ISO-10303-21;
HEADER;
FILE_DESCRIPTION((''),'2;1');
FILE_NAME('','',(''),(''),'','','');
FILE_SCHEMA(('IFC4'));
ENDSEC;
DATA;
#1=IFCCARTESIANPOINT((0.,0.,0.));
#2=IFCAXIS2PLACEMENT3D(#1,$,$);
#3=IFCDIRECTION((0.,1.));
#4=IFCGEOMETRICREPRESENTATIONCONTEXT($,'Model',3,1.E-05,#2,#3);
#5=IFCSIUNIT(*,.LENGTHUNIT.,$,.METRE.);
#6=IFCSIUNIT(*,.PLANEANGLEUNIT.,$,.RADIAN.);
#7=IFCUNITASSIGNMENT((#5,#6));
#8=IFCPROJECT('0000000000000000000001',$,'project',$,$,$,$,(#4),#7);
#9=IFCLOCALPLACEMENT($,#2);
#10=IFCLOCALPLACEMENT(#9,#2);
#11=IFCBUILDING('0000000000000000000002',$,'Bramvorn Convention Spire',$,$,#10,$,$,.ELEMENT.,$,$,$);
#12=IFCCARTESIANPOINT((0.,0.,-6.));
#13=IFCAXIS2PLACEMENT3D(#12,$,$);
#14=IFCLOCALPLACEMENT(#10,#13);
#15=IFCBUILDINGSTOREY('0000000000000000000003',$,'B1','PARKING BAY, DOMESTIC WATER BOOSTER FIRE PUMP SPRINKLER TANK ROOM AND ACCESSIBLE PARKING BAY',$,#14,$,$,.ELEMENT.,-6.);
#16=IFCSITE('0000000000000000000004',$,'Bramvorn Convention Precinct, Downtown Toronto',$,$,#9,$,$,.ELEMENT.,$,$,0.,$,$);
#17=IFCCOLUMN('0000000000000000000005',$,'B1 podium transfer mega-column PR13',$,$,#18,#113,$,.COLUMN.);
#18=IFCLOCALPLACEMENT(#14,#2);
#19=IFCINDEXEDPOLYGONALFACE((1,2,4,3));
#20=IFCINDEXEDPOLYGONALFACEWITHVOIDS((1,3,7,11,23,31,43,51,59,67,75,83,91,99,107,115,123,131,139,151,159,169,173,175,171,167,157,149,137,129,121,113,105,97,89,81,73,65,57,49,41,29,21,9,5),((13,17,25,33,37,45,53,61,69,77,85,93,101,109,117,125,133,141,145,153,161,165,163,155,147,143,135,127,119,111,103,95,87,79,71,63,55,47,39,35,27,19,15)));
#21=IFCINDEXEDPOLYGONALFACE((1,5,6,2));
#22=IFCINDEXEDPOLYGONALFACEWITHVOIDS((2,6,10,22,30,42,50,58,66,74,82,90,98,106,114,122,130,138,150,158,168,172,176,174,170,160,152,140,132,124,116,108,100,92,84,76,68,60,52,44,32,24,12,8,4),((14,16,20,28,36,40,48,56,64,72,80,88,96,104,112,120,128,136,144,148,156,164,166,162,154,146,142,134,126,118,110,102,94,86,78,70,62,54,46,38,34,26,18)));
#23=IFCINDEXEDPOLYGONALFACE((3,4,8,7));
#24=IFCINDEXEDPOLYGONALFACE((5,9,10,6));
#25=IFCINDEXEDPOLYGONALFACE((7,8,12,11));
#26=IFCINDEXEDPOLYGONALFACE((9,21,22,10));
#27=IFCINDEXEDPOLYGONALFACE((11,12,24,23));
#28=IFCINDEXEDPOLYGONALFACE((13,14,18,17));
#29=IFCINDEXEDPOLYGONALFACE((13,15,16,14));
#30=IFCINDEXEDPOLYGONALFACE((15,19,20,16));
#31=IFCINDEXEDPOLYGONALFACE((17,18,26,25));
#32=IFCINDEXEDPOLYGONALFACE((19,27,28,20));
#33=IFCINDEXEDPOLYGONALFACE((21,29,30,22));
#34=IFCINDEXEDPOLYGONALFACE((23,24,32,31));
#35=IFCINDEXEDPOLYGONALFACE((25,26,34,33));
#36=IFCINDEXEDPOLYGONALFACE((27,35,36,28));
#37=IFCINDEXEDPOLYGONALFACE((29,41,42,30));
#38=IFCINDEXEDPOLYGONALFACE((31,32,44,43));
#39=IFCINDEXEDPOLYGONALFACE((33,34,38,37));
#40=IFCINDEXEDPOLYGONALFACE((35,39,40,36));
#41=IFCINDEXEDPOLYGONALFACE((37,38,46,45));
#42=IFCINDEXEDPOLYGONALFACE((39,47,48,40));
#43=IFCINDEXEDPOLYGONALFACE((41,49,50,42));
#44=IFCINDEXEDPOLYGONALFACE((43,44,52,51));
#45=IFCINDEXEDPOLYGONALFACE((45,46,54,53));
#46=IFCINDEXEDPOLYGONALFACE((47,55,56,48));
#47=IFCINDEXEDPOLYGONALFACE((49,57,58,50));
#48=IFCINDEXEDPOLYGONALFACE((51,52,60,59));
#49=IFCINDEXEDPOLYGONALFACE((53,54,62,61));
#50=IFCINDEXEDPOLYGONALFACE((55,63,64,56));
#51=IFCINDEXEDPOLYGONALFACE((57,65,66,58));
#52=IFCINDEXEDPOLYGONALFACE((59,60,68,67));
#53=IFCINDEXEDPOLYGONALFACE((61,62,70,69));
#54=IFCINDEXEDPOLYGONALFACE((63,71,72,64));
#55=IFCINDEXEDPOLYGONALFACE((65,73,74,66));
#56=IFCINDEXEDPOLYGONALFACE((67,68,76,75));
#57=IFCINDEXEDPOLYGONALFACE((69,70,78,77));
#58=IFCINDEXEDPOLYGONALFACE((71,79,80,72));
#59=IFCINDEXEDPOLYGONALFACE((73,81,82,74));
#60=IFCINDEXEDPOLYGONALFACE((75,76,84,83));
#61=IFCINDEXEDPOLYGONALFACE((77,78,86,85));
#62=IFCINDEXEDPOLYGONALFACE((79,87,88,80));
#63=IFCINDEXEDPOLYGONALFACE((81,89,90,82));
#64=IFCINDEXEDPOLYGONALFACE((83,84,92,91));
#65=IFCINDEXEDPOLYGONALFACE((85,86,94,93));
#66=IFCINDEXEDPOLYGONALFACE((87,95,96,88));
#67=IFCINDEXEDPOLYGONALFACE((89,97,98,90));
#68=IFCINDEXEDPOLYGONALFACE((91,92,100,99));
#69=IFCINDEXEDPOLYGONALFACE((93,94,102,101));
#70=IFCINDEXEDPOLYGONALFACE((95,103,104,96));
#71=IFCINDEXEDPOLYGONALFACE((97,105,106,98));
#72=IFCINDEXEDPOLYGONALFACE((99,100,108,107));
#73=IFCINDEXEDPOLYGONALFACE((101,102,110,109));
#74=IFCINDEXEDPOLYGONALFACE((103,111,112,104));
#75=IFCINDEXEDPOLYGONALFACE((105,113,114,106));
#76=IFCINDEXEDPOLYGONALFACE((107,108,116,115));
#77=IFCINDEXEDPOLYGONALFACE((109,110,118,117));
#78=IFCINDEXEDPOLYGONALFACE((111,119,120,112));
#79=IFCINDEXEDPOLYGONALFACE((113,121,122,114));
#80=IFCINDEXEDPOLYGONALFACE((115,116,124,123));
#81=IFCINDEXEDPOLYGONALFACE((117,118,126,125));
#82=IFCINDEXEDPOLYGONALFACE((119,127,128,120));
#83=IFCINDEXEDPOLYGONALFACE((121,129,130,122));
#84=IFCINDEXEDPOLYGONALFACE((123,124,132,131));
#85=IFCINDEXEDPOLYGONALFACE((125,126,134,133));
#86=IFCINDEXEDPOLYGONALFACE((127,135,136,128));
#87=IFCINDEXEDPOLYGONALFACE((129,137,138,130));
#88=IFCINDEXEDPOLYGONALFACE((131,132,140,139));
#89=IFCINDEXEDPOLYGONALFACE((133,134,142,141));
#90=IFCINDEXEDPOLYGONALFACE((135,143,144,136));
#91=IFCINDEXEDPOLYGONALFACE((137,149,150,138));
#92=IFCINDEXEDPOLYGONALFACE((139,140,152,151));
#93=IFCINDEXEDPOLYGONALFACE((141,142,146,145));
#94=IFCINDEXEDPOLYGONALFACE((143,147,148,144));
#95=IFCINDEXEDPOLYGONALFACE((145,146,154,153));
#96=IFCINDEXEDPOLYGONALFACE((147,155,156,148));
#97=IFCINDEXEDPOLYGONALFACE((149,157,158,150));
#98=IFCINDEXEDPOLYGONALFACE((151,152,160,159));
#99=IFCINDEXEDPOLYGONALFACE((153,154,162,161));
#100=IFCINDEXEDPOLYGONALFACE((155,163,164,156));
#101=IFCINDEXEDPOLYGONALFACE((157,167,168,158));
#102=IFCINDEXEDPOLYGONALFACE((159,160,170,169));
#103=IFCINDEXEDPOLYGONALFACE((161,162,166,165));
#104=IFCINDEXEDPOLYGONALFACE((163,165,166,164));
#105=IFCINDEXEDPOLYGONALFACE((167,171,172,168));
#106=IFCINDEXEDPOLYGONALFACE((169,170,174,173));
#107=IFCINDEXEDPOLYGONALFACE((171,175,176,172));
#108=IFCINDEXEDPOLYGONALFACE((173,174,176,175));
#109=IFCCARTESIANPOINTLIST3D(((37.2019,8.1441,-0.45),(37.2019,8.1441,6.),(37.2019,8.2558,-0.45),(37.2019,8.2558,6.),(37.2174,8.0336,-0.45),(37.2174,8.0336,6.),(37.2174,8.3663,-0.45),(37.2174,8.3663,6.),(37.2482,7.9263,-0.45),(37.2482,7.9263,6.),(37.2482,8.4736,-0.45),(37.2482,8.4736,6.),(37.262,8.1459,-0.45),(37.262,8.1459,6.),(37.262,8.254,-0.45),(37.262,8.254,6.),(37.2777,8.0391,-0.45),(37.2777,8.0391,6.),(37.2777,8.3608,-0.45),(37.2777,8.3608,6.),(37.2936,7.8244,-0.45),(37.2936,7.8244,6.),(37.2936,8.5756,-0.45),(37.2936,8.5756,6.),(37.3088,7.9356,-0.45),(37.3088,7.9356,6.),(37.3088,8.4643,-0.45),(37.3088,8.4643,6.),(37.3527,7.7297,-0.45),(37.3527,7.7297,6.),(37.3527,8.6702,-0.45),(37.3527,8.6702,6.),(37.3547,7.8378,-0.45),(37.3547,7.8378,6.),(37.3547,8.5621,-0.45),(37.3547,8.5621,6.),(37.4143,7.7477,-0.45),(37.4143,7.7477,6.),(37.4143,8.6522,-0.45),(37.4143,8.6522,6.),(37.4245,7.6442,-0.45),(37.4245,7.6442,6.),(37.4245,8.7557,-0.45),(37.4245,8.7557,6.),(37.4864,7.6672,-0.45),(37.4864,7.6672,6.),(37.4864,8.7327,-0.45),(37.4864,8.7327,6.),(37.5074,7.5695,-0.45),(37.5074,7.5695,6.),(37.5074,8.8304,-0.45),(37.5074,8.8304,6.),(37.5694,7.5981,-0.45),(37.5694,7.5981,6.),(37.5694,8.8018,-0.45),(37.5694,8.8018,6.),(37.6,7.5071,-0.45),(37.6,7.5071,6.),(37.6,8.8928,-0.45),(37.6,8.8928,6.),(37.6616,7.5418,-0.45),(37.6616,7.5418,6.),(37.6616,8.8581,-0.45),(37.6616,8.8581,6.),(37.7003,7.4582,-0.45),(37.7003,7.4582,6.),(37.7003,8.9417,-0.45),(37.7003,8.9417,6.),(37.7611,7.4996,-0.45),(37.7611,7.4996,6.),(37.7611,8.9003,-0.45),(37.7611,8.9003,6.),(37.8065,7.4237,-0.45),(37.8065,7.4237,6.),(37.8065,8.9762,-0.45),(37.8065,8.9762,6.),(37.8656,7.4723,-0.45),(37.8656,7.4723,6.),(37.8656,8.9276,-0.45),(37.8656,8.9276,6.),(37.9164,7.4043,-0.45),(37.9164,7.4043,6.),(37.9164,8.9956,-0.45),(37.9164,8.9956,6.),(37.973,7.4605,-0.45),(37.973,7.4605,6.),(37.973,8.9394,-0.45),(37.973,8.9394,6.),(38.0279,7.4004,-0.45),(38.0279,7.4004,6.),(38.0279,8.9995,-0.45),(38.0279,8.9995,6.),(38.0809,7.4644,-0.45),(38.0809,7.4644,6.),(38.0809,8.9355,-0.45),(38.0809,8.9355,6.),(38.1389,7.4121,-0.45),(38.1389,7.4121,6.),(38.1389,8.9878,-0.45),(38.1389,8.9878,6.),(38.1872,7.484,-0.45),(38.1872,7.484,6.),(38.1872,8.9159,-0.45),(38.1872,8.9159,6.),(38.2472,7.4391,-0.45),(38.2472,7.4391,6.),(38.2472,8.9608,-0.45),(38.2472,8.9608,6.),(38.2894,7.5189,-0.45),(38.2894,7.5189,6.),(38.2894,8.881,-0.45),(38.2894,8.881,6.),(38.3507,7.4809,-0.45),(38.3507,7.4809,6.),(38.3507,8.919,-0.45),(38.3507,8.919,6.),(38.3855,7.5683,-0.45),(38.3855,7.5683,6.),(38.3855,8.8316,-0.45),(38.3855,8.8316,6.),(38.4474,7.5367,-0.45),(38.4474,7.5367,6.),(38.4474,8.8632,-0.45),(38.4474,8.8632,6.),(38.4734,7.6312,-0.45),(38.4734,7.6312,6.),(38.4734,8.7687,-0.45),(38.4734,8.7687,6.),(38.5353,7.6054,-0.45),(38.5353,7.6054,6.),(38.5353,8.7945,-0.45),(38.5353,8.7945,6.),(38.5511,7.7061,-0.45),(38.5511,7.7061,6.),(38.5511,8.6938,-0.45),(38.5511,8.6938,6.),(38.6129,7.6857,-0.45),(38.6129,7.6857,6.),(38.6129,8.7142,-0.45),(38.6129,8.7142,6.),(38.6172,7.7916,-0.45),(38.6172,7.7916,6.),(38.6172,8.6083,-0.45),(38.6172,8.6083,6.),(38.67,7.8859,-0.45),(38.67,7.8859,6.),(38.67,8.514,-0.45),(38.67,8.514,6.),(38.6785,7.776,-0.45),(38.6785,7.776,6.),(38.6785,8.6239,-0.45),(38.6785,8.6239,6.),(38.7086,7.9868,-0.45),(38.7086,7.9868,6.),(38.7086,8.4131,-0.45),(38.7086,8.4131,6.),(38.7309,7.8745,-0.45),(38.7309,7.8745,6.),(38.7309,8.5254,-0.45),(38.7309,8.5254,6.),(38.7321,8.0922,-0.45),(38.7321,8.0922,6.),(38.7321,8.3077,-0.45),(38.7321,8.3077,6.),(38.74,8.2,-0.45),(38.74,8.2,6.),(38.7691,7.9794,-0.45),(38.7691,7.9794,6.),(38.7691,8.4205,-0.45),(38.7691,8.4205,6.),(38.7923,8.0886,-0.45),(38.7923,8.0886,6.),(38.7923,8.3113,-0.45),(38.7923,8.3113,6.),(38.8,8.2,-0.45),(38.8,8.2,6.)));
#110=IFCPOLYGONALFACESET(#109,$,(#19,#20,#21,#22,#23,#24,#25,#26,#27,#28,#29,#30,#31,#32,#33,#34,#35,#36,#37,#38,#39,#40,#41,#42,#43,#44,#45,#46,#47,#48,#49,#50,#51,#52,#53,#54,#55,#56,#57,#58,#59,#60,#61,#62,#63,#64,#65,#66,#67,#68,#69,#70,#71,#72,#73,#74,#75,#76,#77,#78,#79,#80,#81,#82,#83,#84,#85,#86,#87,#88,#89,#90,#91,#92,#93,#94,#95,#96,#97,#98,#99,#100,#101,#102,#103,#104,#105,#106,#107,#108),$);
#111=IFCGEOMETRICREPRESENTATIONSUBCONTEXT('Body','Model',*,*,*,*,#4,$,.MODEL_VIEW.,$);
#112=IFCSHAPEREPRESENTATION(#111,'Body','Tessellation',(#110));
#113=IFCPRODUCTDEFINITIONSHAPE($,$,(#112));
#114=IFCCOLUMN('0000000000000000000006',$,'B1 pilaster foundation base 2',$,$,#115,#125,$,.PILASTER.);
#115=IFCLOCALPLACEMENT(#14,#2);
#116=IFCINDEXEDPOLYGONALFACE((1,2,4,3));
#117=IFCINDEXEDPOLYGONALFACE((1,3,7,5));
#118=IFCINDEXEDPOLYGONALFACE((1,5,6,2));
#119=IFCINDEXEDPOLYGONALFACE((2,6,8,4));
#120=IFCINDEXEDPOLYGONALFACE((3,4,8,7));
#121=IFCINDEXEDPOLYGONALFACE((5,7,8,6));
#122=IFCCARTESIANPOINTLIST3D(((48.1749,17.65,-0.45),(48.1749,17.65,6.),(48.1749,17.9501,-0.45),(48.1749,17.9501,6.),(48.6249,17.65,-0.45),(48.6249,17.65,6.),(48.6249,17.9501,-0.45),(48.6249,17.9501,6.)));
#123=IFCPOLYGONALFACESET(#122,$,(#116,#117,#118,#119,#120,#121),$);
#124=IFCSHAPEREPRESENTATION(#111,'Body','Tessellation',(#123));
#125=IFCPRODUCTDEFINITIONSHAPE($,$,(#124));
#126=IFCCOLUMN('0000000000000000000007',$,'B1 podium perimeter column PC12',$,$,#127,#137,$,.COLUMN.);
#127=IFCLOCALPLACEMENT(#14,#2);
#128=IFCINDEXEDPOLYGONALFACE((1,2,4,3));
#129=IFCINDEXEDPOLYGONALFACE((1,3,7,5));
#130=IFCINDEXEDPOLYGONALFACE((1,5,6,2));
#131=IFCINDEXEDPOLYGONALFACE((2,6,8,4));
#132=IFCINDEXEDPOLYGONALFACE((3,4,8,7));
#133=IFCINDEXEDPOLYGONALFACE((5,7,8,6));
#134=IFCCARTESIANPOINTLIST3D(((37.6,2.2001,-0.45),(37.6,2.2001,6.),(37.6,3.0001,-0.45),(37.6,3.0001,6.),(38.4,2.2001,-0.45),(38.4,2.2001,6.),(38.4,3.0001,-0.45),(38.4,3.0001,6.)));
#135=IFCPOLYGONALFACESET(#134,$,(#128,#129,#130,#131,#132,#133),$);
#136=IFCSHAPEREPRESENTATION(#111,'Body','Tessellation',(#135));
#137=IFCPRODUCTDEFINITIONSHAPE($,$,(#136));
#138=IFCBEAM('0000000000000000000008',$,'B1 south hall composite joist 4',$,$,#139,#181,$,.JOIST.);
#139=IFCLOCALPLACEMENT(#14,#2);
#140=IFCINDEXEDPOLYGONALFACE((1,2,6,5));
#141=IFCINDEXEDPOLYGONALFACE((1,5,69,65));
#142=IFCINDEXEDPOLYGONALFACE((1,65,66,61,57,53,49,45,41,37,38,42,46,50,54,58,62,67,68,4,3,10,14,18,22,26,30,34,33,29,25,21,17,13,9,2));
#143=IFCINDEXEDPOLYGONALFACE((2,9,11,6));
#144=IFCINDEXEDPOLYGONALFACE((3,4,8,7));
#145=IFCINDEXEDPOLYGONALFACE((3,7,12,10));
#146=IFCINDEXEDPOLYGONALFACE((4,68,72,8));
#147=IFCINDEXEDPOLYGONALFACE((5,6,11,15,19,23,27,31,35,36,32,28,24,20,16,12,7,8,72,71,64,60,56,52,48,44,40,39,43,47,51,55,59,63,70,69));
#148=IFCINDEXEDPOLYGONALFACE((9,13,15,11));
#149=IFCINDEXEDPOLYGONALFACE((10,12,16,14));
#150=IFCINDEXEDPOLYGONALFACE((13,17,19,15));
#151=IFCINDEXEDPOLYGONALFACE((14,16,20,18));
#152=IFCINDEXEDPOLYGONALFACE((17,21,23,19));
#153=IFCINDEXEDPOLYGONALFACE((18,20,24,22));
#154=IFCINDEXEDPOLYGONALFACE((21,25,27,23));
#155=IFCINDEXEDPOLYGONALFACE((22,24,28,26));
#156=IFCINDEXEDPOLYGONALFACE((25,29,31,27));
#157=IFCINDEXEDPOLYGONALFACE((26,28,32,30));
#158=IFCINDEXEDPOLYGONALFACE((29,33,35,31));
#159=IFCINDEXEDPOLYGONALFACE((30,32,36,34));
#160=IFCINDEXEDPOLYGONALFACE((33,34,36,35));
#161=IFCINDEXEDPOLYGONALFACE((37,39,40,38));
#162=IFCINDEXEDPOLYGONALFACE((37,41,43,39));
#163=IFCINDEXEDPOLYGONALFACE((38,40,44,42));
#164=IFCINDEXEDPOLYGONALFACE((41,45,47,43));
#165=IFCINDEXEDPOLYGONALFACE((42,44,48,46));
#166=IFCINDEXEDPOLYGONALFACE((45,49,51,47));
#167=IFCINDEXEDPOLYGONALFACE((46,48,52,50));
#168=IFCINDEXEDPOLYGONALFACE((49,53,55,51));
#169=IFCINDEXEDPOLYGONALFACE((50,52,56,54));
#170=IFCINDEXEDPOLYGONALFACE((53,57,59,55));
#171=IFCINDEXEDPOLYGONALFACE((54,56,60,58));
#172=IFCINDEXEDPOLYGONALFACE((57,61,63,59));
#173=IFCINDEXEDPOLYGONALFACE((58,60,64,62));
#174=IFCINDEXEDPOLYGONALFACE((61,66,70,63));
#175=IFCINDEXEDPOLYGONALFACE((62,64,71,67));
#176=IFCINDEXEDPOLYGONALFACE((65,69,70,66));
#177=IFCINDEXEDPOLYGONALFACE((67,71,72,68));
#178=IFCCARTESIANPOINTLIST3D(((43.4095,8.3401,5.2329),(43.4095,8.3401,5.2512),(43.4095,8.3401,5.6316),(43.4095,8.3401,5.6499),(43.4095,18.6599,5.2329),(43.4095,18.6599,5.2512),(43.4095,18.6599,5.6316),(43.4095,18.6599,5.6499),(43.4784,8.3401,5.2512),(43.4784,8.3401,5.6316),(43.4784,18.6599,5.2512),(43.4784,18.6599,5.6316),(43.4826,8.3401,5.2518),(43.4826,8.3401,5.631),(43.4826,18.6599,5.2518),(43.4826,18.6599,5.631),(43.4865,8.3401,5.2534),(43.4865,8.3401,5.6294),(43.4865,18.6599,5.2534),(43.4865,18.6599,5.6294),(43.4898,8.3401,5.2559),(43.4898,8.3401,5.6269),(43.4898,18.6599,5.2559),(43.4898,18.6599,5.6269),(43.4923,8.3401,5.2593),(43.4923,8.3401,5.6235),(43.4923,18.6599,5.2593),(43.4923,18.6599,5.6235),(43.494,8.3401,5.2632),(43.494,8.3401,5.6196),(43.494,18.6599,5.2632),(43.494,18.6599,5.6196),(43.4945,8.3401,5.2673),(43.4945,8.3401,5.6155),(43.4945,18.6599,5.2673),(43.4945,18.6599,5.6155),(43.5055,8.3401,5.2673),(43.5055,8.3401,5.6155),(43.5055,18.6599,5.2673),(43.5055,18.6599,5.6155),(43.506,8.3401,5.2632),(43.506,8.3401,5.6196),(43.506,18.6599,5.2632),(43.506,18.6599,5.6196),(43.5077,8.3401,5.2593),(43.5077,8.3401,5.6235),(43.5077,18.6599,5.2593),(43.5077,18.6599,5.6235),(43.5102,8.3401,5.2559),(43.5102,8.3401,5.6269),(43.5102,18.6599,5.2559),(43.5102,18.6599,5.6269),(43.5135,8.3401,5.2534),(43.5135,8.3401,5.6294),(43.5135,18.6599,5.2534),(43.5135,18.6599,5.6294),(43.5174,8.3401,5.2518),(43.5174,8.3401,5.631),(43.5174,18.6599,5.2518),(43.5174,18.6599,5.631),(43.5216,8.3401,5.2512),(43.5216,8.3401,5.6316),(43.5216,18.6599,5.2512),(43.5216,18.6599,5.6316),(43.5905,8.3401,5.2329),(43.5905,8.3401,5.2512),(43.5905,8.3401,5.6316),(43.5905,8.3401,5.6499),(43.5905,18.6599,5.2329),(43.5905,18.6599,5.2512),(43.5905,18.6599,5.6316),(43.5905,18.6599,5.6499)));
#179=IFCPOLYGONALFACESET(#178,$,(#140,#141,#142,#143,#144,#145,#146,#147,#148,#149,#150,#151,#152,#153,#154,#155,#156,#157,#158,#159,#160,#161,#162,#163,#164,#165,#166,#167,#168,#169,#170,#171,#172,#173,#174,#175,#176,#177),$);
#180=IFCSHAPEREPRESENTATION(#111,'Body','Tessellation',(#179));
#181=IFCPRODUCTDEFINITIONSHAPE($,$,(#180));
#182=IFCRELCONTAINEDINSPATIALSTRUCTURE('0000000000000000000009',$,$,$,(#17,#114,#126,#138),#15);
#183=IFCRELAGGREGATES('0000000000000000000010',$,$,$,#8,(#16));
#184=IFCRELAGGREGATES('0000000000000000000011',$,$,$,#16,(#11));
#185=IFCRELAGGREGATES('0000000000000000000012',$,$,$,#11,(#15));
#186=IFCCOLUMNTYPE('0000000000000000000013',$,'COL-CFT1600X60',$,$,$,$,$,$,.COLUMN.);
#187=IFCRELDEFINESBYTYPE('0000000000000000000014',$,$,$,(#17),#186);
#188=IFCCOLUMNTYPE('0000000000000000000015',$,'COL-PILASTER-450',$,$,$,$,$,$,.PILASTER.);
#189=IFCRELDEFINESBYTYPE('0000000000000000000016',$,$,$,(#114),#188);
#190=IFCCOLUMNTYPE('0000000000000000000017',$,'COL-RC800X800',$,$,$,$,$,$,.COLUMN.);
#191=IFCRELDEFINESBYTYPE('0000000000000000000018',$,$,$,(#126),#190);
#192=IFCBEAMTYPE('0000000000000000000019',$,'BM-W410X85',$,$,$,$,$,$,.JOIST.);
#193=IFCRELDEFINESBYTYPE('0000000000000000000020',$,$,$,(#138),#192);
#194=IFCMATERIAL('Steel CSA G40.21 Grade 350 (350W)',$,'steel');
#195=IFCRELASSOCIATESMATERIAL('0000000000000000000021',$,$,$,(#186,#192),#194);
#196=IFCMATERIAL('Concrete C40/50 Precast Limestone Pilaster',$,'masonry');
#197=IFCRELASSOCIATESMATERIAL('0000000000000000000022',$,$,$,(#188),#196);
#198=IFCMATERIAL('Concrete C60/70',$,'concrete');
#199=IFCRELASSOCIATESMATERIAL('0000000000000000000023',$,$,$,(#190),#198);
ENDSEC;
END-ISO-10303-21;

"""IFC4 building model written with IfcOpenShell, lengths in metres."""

from ifc_helpers import new_model, si_unit, direction, frame, origin, origin_2d, place, context, subcontext, project, spatial, rectangle, hollow_circle, i_section, extrude, material, material_profile, profile_set, type_object, element, save


model = new_model("IFC4")

# Units and contexts
model_context = context("Model", 3, precision=1e-05, world=origin(), true_north=direction((0.0, 1.0)))
body_context = subcontext(model_context, "Body", "Model", "MODEL_VIEW")
ifc_project = project(units=[si_unit("LENGTHUNIT", "METRE"), si_unit("PLANEANGLEUNIT", "RADIAN")], contexts=[model_context])

# Site, building, storey
site_placement = place(None, origin())
site = spatial("IfcSite", under=ifc_project, at=site_placement, Name="Bramvorn Convention Precinct, Downtown Toronto", CompositionType="ELEMENT", RefElevation=0.0)
building_placement = place(site_placement, origin())
building = spatial("IfcBuilding", under=site, at=building_placement, Name="Bramvorn Convention Spire", CompositionType="ELEMENT")
storey_placement = place(building_placement, frame((0.0, 0.0, -6.0)))
storey = spatial("IfcBuildingStorey", under=building, at=storey_placement, Name="B1", Description="PARKING BAY, DOMESTIC WATER BOOSTER FIRE PUMP SPRINKLER TANK ROOM AND ACCESSIBLE PARKING BAY", CompositionType="ELEMENT", Elevation=-6.0)

# Shared definitions
ifc_material_1 = material(Name="Concrete C60/70", Category="concrete")

# Columns
ifc_material_2 = material(Name="Steel CSA G40.21 Grade 350 (350W)", Category="steel")
ifc_material_profile_1 = material_profile(ifc_material_2, hollow_circle(Radius=0.8, WallThickness=0.0601, at=origin_2d()))
ifc_profile_set_1 = profile_set([ifc_material_profile_1], Name="Steel CSA G40.21 Grade 350 (350W) - CFT1600X60")
column_type_1 = type_object("IfcColumnType", Name="COL-CFT1600X60", PredefinedType="COLUMN", material=ifc_profile_set_1)
column_1_placement = place(storey_placement, frame((38.0, 8.2, -0.45), z_axis=(0.0, 0.0, 1.0), x_axis=(1.0, 0.0, 0.0)))
element("IfcColumn", 1, at=column_1_placement, inside=storey, type_object=column_type_1, Name="B1 podium transfer mega-column PR13", PredefinedType="COLUMN", context=body_context, shape_type="SweptSolid", body=[
    extrude(hollow_circle(Radius=0.8, WallThickness=0.0601, at=origin_2d()), origin(), (0.0, 0.0, 1.0), 6.45),
])
ifc_material_3 = material(Name="Concrete C40/50 Precast Limestone Pilaster", Category="masonry")
ifc_material_profile_2 = material_profile(ifc_material_3, rectangle(XDim=0.45, YDim=0.3, at=origin_2d()))
ifc_profile_set_2 = profile_set([ifc_material_profile_2], Name="Concrete C40/50 Precast Limestone Pilaster - PILASTER450X300")
column_type_2 = type_object("IfcColumnType", Name="COL-PILASTER-450", PredefinedType="PILASTER", material=ifc_profile_set_2)
column_2_placement = place(storey_placement, frame((48.3999, 17.8, -0.45), z_axis=(0.0, 0.0, 1.0), x_axis=(1.0, 0.0, 0.0)))
element("IfcColumn", 2, at=column_2_placement, inside=storey, type_object=column_type_2, Name="B1 pilaster foundation base 2", PredefinedType="PILASTER", context=body_context, shape_type="SweptSolid", body=[
    extrude(rectangle(XDim=0.45, YDim=0.3, at=origin_2d()), origin(), (0.0, 0.0, 1.0), 6.45),
])
ifc_material_profile_3 = material_profile(ifc_material_1, rectangle(XDim=0.8, YDim=0.8, at=origin_2d()))
ifc_profile_set_3 = profile_set([ifc_material_profile_3], Name="Concrete C60/70 - RC800X800")
column_type_3 = type_object("IfcColumnType", Name="COL-RC800X800", PredefinedType="COLUMN", material=ifc_profile_set_3)
column_3_placement = place(storey_placement, frame((38.0, 2.6001, -0.45), z_axis=(0.0, 0.0, 1.0), x_axis=(1.0, 0.0, 0.0)))
element("IfcColumn", 3, at=column_3_placement, inside=storey, type_object=column_type_3, Name="B1 podium perimeter column PC12", PredefinedType="COLUMN", context=body_context, shape_type="SweptSolid", body=[
    extrude(rectangle(XDim=0.8, YDim=0.8, at=origin_2d()), origin(), (0.0, 0.0, 1.0), 6.45),
])

# Beam
ifc_material_profile_4 = material_profile(ifc_material_2, i_section(OverallWidth=0.1809, OverallDepth=0.417, WebThickness=0.011, FlangeThickness=0.0183, FilletRadius=0.0161, at=origin_2d()))
ifc_profile_set_4 = profile_set([ifc_material_profile_4], Name="Steel CSA G40.21 Grade 350 (350W) - W410X85")
beam_type_1 = type_object("IfcBeamType", Name="BM-W410X85", PredefinedType="JOIST", material=ifc_profile_set_4)
beam_1_placement = place(storey_placement, frame((43.5, 8.3401, 5.4414), z_axis=(0.0, 1.0, 0.0), x_axis=(-1.0, 0.0, 0.0)))
element("IfcBeam", 4, at=beam_1_placement, inside=storey, type_object=beam_type_1, Name="B1 south hall composite joist 4", PredefinedType="JOIST", context=body_context, shape_type="SweptSolid", body=[
    extrude(i_section(OverallWidth=0.1809, OverallDepth=0.417, WebThickness=0.011, FlangeThickness=0.0183, FilletRadius=0.0161, at=origin_2d()), origin(), (0.0, 0.0, 1.0), 10.3198),
])

save(model, "model.ifc")
